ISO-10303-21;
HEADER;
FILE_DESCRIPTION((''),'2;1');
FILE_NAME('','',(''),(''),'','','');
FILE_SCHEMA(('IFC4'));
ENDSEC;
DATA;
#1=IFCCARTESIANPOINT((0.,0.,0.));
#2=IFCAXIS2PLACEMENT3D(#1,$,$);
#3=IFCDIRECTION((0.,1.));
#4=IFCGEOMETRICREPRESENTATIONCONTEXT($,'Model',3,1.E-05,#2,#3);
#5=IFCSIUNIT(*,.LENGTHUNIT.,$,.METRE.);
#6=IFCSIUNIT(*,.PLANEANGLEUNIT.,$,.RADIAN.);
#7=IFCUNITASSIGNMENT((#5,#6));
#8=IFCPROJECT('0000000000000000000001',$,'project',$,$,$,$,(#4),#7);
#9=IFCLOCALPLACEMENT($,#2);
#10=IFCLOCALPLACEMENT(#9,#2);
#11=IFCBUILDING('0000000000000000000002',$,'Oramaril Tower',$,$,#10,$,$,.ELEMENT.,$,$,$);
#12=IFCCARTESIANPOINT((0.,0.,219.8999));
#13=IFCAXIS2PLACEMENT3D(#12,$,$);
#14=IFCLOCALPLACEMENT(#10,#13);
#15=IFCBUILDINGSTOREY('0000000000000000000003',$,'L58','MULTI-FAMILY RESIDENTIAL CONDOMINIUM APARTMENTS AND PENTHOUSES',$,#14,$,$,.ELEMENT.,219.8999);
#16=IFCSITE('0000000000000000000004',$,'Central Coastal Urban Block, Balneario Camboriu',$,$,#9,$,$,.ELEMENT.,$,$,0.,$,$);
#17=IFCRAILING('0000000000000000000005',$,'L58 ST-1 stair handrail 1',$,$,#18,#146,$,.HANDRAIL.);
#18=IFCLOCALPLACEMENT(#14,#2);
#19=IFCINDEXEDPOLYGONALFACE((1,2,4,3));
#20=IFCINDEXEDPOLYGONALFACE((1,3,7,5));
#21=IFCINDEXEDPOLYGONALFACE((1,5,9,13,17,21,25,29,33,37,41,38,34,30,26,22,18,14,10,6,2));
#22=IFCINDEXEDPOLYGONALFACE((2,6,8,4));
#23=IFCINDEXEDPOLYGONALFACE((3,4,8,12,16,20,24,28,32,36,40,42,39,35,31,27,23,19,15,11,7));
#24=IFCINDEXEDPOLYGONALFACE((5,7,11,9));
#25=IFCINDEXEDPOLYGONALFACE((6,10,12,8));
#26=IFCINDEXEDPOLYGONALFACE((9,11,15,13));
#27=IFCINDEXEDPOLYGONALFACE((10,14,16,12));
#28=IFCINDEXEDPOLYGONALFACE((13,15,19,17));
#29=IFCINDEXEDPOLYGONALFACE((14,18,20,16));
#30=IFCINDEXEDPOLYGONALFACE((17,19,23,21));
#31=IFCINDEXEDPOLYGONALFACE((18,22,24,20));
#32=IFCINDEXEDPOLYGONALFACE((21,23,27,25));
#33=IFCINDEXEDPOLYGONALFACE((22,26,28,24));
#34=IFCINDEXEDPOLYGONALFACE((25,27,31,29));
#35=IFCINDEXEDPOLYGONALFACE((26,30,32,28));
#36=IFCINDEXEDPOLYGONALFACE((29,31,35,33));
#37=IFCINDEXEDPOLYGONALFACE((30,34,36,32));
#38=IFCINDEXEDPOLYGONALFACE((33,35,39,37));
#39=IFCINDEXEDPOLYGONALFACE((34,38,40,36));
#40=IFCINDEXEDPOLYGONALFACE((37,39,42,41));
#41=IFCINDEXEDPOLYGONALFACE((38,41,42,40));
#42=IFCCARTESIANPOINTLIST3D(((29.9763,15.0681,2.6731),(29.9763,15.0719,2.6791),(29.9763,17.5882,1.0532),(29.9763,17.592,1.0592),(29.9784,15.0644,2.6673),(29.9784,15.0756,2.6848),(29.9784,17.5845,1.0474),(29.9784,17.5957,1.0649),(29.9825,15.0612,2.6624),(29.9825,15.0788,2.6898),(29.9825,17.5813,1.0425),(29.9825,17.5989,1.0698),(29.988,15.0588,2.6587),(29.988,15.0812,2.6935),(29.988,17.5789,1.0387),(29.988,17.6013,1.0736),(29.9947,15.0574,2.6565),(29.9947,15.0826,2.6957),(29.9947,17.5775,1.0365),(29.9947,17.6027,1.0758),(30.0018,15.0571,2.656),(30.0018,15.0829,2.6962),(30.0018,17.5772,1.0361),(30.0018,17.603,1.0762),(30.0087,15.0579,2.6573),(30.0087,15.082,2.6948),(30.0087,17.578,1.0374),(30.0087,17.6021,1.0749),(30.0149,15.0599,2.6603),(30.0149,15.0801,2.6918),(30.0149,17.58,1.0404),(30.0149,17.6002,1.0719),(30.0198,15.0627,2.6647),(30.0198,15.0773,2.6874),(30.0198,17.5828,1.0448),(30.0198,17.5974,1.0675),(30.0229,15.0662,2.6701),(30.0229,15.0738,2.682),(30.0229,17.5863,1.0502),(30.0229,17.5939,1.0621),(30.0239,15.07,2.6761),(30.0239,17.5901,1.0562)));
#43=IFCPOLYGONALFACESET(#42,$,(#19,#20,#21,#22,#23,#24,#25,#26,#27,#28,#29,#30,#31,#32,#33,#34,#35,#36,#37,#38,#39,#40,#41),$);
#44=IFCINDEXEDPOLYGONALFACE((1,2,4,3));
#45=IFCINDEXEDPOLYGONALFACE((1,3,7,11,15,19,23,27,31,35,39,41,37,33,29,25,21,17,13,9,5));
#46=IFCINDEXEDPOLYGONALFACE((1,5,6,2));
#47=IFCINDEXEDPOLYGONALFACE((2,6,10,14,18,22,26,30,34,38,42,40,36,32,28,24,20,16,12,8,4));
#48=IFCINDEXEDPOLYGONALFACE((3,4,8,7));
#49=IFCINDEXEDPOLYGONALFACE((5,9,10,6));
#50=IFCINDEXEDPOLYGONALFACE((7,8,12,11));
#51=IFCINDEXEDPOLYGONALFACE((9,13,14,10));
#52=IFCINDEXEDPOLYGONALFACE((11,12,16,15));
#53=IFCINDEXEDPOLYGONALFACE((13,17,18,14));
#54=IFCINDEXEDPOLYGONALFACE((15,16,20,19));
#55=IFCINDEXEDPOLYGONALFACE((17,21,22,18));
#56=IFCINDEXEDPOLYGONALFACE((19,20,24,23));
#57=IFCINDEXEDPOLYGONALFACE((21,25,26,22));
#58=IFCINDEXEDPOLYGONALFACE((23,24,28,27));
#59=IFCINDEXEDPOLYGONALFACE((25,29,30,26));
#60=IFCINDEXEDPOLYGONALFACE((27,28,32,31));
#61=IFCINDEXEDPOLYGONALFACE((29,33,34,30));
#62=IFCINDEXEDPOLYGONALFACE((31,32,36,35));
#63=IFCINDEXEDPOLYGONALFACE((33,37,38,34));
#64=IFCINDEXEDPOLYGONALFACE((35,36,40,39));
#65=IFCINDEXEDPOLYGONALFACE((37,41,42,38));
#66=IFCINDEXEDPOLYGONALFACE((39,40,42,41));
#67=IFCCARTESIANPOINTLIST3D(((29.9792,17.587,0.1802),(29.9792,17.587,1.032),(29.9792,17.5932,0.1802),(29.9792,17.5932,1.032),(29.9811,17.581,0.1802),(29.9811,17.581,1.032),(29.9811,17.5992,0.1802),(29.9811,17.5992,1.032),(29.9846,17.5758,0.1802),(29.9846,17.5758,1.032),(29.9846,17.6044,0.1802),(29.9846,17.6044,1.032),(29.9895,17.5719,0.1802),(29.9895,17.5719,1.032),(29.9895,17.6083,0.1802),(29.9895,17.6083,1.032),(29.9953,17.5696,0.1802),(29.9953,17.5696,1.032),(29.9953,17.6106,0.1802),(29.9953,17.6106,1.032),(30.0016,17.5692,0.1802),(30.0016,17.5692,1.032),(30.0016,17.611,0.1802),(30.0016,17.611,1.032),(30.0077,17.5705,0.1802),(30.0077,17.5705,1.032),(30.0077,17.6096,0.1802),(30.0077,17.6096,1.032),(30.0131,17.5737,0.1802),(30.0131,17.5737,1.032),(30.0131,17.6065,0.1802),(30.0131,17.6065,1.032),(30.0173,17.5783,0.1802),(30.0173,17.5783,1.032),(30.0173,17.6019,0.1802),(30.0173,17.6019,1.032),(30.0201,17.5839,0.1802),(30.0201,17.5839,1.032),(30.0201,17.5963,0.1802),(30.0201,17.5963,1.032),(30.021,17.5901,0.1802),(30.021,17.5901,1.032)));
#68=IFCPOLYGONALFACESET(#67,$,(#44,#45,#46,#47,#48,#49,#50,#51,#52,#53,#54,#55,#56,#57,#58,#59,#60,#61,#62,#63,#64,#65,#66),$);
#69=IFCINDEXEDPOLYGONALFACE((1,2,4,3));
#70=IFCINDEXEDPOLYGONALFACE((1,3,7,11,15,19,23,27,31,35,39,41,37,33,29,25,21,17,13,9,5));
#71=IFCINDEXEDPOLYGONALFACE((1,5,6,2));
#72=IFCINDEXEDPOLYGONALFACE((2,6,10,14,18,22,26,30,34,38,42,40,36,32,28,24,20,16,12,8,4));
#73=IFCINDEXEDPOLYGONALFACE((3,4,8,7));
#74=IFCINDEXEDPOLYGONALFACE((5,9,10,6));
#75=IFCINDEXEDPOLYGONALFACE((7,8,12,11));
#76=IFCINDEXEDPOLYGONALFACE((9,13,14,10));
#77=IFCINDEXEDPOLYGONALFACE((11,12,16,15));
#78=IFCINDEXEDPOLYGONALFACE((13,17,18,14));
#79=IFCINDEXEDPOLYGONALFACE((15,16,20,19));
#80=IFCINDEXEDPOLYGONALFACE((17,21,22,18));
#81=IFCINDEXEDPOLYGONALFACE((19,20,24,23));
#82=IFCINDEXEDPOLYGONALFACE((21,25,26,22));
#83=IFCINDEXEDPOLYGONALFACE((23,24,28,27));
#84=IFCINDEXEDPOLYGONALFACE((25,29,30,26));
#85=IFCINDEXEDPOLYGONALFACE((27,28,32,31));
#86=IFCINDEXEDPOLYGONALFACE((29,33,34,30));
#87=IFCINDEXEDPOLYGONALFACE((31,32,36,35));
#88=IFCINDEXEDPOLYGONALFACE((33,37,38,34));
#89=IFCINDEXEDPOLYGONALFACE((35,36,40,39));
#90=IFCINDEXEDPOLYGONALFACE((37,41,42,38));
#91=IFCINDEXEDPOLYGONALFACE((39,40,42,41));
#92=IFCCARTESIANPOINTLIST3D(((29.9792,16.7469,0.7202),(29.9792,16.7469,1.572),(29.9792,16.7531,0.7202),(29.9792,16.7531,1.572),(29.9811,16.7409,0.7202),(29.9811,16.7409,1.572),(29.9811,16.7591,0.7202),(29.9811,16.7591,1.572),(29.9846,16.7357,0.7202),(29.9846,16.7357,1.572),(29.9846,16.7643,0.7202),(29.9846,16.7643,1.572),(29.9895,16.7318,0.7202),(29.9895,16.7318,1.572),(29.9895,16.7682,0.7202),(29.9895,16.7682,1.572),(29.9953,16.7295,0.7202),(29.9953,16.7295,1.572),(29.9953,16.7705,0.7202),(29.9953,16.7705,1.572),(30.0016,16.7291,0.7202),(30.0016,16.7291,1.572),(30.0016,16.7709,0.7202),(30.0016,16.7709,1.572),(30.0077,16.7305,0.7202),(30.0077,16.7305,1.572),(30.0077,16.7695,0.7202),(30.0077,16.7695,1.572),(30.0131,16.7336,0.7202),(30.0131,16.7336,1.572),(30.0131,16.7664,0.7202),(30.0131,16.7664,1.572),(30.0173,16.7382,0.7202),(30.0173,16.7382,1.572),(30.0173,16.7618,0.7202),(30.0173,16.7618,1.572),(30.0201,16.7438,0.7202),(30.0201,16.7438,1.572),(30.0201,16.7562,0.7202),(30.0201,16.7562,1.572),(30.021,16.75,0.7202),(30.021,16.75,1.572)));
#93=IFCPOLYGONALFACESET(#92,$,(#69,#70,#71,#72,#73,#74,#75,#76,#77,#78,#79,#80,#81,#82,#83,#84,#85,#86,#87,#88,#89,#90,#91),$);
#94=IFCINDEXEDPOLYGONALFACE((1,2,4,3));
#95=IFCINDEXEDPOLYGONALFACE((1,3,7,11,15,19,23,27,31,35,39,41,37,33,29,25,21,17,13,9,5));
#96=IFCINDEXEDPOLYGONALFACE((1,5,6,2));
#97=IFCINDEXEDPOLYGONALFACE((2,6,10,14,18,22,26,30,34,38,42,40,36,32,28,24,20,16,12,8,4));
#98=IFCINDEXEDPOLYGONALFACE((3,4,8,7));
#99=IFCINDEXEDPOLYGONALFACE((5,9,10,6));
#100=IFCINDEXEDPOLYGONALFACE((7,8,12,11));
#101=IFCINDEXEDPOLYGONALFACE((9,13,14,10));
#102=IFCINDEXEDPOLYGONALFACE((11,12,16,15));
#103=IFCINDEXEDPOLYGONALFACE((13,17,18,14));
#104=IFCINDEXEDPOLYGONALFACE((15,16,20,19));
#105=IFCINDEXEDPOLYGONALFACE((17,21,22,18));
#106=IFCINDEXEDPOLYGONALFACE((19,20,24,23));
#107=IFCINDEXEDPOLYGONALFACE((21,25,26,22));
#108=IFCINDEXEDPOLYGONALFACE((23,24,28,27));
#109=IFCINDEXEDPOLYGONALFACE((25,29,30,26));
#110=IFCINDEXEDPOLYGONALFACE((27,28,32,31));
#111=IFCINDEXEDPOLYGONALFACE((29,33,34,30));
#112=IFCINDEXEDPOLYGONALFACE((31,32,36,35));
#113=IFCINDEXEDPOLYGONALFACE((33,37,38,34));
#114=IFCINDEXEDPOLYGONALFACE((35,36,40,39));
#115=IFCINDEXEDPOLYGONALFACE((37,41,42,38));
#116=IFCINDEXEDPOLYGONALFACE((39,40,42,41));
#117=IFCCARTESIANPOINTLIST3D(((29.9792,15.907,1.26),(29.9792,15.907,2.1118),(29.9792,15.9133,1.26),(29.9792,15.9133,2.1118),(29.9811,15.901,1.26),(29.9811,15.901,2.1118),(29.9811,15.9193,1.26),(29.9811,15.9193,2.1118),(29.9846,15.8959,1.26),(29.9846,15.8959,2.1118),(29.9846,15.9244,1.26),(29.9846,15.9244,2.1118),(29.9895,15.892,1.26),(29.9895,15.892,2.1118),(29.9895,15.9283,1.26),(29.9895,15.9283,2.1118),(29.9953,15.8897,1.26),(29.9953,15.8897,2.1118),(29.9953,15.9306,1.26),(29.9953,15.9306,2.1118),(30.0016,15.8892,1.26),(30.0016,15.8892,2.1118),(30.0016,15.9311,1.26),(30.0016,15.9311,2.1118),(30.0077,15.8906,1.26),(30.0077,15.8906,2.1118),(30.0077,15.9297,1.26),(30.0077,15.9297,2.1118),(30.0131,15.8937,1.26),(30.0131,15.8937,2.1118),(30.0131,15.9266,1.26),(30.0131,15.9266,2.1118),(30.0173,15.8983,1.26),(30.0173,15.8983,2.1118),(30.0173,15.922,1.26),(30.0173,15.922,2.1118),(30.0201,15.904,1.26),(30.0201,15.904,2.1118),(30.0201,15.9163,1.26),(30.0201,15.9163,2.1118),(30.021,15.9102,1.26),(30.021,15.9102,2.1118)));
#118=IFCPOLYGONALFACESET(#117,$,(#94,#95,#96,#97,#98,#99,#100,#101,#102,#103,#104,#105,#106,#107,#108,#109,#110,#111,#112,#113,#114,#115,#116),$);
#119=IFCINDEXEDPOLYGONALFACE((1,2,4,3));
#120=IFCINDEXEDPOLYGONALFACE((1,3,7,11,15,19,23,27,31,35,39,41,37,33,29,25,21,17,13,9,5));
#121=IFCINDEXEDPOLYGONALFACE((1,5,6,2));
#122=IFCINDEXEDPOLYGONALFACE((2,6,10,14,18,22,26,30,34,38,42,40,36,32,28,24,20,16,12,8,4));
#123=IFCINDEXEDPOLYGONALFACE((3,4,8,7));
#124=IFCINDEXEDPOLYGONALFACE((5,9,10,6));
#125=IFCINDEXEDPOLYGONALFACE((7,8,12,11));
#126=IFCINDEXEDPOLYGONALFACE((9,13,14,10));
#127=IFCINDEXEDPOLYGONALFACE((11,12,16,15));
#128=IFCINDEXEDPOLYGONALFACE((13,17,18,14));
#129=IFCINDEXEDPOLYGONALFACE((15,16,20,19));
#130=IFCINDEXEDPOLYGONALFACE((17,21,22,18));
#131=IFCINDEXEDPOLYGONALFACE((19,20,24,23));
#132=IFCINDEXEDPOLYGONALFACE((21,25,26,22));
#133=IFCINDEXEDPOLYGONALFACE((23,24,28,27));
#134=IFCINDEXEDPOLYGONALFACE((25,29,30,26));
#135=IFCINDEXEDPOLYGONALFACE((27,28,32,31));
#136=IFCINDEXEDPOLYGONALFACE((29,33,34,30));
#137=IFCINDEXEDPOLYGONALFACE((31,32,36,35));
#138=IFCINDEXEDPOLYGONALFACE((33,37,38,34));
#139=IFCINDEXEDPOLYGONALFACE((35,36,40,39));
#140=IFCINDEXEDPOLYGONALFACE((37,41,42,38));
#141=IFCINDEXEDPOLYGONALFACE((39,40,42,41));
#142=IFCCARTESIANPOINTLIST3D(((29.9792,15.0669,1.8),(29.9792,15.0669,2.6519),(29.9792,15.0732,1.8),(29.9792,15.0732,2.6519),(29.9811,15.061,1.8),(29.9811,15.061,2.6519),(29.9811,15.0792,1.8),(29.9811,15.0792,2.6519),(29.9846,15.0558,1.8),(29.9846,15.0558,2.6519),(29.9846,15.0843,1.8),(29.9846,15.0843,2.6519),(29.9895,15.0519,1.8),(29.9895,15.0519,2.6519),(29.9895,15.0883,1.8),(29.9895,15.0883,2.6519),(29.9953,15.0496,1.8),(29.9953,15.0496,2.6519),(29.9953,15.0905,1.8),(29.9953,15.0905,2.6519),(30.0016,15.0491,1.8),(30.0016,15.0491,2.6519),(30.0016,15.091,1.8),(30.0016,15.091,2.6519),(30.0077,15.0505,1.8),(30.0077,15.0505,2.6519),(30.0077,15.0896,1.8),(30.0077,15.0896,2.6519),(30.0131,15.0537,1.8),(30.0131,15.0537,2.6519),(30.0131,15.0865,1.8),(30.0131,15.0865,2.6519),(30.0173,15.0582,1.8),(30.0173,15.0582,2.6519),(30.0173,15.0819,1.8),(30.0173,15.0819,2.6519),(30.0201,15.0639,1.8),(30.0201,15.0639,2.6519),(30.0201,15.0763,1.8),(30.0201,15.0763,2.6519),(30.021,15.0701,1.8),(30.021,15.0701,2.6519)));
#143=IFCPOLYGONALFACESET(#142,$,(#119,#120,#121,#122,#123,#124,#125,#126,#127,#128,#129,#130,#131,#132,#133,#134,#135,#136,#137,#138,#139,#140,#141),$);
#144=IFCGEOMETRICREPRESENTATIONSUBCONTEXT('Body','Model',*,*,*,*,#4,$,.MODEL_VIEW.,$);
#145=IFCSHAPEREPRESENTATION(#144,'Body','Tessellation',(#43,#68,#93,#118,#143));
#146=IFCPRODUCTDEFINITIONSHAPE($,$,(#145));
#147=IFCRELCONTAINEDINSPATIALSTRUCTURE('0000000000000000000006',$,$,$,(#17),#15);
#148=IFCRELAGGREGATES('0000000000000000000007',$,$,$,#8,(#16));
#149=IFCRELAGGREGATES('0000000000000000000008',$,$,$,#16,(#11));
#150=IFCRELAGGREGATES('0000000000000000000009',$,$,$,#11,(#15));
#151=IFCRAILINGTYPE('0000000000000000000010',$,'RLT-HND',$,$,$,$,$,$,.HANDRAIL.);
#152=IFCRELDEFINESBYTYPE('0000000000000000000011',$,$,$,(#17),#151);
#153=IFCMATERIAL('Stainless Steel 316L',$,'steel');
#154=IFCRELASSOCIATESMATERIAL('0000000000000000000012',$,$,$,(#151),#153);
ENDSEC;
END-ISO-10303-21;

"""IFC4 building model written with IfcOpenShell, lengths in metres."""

from ifc_helpers import new_model, si_unit, direction, frame, origin, origin_2d, place, context, subcontext, project, spatial, circle, extrude, material, type_object, element, save


model = new_model("IFC4")

# Units and contexts
model_context = context("Model", 3, precision=1e-05, world=origin(), true_north=direction((0.0, 1.0)))
body_context = subcontext(model_context, "Body", "Model", "MODEL_VIEW")
ifc_project = project(units=[si_unit("LENGTHUNIT", "METRE"), si_unit("PLANEANGLEUNIT", "RADIAN")], contexts=[model_context])

# Site, building, storey
site_placement = place(None, origin())
site = spatial("IfcSite", under=ifc_project, at=site_placement, Name="Central Coastal Urban Block, Balneario Camboriu", CompositionType="ELEMENT", RefElevation=0.0)
building_placement = place(site_placement, origin())
building = spatial("IfcBuilding", under=site, at=building_placement, Name="Oramaril Tower", CompositionType="ELEMENT")
storey_placement = place(building_placement, frame((0.0, 0.0, 219.8999)))
storey = spatial("IfcBuildingStorey", under=building, at=storey_placement, Name="L58", Description="MULTI-FAMILY RESIDENTIAL CONDOMINIUM APARTMENTS AND PENTHOUSES", CompositionType="ELEMENT", Elevation=219.8999)

# Railing
ifc_material_1 = material(Name="Stainless Steel 316L", Category="steel")
railing_type_1 = type_object("IfcRailingType", Name="RLT-HND", PredefinedType="HANDRAIL", material=ifc_material_1)
railing_1_placement = place(storey_placement, frame((30.0, 17.5901, 0.1802)))
element("IfcRailing", 1, at=railing_1_placement, inside=storey, type_object=railing_type_1, Name="L58 ST-1 stair handrail 1", PredefinedType="HANDRAIL", context=body_context, shape_type="SweptSolid", body=[
    extrude(circle(Radius=0.0239, at=origin_2d()), frame((0.0, 0.0, 0.876), z_axis=(0.0, -0.8412, 0.540725), x_axis=(1.0, 0.0, 0.0)), (0.0, 0.0, 1.0), 2.9958),
    extrude(circle(Radius=0.021, at=origin_2d()), origin(), (0.0, 0.0, 1.0), 0.8518),
    extrude(circle(Radius=0.021, at=origin_2d()), frame((0.0, -0.8401, 0.54)), (0.0, 0.0, 1.0), 0.8518),
    extrude(circle(Radius=0.021, at=origin_2d()), frame((0.0, -1.6799, 1.0798)), (0.0, 0.0, 1.0), 0.8518),
    extrude(circle(Radius=0.021, at=origin_2d()), frame((0.0, -2.52, 1.6199)), (0.0, 0.0, 1.0), 0.8518),
])

save(model, "model.ifc")
